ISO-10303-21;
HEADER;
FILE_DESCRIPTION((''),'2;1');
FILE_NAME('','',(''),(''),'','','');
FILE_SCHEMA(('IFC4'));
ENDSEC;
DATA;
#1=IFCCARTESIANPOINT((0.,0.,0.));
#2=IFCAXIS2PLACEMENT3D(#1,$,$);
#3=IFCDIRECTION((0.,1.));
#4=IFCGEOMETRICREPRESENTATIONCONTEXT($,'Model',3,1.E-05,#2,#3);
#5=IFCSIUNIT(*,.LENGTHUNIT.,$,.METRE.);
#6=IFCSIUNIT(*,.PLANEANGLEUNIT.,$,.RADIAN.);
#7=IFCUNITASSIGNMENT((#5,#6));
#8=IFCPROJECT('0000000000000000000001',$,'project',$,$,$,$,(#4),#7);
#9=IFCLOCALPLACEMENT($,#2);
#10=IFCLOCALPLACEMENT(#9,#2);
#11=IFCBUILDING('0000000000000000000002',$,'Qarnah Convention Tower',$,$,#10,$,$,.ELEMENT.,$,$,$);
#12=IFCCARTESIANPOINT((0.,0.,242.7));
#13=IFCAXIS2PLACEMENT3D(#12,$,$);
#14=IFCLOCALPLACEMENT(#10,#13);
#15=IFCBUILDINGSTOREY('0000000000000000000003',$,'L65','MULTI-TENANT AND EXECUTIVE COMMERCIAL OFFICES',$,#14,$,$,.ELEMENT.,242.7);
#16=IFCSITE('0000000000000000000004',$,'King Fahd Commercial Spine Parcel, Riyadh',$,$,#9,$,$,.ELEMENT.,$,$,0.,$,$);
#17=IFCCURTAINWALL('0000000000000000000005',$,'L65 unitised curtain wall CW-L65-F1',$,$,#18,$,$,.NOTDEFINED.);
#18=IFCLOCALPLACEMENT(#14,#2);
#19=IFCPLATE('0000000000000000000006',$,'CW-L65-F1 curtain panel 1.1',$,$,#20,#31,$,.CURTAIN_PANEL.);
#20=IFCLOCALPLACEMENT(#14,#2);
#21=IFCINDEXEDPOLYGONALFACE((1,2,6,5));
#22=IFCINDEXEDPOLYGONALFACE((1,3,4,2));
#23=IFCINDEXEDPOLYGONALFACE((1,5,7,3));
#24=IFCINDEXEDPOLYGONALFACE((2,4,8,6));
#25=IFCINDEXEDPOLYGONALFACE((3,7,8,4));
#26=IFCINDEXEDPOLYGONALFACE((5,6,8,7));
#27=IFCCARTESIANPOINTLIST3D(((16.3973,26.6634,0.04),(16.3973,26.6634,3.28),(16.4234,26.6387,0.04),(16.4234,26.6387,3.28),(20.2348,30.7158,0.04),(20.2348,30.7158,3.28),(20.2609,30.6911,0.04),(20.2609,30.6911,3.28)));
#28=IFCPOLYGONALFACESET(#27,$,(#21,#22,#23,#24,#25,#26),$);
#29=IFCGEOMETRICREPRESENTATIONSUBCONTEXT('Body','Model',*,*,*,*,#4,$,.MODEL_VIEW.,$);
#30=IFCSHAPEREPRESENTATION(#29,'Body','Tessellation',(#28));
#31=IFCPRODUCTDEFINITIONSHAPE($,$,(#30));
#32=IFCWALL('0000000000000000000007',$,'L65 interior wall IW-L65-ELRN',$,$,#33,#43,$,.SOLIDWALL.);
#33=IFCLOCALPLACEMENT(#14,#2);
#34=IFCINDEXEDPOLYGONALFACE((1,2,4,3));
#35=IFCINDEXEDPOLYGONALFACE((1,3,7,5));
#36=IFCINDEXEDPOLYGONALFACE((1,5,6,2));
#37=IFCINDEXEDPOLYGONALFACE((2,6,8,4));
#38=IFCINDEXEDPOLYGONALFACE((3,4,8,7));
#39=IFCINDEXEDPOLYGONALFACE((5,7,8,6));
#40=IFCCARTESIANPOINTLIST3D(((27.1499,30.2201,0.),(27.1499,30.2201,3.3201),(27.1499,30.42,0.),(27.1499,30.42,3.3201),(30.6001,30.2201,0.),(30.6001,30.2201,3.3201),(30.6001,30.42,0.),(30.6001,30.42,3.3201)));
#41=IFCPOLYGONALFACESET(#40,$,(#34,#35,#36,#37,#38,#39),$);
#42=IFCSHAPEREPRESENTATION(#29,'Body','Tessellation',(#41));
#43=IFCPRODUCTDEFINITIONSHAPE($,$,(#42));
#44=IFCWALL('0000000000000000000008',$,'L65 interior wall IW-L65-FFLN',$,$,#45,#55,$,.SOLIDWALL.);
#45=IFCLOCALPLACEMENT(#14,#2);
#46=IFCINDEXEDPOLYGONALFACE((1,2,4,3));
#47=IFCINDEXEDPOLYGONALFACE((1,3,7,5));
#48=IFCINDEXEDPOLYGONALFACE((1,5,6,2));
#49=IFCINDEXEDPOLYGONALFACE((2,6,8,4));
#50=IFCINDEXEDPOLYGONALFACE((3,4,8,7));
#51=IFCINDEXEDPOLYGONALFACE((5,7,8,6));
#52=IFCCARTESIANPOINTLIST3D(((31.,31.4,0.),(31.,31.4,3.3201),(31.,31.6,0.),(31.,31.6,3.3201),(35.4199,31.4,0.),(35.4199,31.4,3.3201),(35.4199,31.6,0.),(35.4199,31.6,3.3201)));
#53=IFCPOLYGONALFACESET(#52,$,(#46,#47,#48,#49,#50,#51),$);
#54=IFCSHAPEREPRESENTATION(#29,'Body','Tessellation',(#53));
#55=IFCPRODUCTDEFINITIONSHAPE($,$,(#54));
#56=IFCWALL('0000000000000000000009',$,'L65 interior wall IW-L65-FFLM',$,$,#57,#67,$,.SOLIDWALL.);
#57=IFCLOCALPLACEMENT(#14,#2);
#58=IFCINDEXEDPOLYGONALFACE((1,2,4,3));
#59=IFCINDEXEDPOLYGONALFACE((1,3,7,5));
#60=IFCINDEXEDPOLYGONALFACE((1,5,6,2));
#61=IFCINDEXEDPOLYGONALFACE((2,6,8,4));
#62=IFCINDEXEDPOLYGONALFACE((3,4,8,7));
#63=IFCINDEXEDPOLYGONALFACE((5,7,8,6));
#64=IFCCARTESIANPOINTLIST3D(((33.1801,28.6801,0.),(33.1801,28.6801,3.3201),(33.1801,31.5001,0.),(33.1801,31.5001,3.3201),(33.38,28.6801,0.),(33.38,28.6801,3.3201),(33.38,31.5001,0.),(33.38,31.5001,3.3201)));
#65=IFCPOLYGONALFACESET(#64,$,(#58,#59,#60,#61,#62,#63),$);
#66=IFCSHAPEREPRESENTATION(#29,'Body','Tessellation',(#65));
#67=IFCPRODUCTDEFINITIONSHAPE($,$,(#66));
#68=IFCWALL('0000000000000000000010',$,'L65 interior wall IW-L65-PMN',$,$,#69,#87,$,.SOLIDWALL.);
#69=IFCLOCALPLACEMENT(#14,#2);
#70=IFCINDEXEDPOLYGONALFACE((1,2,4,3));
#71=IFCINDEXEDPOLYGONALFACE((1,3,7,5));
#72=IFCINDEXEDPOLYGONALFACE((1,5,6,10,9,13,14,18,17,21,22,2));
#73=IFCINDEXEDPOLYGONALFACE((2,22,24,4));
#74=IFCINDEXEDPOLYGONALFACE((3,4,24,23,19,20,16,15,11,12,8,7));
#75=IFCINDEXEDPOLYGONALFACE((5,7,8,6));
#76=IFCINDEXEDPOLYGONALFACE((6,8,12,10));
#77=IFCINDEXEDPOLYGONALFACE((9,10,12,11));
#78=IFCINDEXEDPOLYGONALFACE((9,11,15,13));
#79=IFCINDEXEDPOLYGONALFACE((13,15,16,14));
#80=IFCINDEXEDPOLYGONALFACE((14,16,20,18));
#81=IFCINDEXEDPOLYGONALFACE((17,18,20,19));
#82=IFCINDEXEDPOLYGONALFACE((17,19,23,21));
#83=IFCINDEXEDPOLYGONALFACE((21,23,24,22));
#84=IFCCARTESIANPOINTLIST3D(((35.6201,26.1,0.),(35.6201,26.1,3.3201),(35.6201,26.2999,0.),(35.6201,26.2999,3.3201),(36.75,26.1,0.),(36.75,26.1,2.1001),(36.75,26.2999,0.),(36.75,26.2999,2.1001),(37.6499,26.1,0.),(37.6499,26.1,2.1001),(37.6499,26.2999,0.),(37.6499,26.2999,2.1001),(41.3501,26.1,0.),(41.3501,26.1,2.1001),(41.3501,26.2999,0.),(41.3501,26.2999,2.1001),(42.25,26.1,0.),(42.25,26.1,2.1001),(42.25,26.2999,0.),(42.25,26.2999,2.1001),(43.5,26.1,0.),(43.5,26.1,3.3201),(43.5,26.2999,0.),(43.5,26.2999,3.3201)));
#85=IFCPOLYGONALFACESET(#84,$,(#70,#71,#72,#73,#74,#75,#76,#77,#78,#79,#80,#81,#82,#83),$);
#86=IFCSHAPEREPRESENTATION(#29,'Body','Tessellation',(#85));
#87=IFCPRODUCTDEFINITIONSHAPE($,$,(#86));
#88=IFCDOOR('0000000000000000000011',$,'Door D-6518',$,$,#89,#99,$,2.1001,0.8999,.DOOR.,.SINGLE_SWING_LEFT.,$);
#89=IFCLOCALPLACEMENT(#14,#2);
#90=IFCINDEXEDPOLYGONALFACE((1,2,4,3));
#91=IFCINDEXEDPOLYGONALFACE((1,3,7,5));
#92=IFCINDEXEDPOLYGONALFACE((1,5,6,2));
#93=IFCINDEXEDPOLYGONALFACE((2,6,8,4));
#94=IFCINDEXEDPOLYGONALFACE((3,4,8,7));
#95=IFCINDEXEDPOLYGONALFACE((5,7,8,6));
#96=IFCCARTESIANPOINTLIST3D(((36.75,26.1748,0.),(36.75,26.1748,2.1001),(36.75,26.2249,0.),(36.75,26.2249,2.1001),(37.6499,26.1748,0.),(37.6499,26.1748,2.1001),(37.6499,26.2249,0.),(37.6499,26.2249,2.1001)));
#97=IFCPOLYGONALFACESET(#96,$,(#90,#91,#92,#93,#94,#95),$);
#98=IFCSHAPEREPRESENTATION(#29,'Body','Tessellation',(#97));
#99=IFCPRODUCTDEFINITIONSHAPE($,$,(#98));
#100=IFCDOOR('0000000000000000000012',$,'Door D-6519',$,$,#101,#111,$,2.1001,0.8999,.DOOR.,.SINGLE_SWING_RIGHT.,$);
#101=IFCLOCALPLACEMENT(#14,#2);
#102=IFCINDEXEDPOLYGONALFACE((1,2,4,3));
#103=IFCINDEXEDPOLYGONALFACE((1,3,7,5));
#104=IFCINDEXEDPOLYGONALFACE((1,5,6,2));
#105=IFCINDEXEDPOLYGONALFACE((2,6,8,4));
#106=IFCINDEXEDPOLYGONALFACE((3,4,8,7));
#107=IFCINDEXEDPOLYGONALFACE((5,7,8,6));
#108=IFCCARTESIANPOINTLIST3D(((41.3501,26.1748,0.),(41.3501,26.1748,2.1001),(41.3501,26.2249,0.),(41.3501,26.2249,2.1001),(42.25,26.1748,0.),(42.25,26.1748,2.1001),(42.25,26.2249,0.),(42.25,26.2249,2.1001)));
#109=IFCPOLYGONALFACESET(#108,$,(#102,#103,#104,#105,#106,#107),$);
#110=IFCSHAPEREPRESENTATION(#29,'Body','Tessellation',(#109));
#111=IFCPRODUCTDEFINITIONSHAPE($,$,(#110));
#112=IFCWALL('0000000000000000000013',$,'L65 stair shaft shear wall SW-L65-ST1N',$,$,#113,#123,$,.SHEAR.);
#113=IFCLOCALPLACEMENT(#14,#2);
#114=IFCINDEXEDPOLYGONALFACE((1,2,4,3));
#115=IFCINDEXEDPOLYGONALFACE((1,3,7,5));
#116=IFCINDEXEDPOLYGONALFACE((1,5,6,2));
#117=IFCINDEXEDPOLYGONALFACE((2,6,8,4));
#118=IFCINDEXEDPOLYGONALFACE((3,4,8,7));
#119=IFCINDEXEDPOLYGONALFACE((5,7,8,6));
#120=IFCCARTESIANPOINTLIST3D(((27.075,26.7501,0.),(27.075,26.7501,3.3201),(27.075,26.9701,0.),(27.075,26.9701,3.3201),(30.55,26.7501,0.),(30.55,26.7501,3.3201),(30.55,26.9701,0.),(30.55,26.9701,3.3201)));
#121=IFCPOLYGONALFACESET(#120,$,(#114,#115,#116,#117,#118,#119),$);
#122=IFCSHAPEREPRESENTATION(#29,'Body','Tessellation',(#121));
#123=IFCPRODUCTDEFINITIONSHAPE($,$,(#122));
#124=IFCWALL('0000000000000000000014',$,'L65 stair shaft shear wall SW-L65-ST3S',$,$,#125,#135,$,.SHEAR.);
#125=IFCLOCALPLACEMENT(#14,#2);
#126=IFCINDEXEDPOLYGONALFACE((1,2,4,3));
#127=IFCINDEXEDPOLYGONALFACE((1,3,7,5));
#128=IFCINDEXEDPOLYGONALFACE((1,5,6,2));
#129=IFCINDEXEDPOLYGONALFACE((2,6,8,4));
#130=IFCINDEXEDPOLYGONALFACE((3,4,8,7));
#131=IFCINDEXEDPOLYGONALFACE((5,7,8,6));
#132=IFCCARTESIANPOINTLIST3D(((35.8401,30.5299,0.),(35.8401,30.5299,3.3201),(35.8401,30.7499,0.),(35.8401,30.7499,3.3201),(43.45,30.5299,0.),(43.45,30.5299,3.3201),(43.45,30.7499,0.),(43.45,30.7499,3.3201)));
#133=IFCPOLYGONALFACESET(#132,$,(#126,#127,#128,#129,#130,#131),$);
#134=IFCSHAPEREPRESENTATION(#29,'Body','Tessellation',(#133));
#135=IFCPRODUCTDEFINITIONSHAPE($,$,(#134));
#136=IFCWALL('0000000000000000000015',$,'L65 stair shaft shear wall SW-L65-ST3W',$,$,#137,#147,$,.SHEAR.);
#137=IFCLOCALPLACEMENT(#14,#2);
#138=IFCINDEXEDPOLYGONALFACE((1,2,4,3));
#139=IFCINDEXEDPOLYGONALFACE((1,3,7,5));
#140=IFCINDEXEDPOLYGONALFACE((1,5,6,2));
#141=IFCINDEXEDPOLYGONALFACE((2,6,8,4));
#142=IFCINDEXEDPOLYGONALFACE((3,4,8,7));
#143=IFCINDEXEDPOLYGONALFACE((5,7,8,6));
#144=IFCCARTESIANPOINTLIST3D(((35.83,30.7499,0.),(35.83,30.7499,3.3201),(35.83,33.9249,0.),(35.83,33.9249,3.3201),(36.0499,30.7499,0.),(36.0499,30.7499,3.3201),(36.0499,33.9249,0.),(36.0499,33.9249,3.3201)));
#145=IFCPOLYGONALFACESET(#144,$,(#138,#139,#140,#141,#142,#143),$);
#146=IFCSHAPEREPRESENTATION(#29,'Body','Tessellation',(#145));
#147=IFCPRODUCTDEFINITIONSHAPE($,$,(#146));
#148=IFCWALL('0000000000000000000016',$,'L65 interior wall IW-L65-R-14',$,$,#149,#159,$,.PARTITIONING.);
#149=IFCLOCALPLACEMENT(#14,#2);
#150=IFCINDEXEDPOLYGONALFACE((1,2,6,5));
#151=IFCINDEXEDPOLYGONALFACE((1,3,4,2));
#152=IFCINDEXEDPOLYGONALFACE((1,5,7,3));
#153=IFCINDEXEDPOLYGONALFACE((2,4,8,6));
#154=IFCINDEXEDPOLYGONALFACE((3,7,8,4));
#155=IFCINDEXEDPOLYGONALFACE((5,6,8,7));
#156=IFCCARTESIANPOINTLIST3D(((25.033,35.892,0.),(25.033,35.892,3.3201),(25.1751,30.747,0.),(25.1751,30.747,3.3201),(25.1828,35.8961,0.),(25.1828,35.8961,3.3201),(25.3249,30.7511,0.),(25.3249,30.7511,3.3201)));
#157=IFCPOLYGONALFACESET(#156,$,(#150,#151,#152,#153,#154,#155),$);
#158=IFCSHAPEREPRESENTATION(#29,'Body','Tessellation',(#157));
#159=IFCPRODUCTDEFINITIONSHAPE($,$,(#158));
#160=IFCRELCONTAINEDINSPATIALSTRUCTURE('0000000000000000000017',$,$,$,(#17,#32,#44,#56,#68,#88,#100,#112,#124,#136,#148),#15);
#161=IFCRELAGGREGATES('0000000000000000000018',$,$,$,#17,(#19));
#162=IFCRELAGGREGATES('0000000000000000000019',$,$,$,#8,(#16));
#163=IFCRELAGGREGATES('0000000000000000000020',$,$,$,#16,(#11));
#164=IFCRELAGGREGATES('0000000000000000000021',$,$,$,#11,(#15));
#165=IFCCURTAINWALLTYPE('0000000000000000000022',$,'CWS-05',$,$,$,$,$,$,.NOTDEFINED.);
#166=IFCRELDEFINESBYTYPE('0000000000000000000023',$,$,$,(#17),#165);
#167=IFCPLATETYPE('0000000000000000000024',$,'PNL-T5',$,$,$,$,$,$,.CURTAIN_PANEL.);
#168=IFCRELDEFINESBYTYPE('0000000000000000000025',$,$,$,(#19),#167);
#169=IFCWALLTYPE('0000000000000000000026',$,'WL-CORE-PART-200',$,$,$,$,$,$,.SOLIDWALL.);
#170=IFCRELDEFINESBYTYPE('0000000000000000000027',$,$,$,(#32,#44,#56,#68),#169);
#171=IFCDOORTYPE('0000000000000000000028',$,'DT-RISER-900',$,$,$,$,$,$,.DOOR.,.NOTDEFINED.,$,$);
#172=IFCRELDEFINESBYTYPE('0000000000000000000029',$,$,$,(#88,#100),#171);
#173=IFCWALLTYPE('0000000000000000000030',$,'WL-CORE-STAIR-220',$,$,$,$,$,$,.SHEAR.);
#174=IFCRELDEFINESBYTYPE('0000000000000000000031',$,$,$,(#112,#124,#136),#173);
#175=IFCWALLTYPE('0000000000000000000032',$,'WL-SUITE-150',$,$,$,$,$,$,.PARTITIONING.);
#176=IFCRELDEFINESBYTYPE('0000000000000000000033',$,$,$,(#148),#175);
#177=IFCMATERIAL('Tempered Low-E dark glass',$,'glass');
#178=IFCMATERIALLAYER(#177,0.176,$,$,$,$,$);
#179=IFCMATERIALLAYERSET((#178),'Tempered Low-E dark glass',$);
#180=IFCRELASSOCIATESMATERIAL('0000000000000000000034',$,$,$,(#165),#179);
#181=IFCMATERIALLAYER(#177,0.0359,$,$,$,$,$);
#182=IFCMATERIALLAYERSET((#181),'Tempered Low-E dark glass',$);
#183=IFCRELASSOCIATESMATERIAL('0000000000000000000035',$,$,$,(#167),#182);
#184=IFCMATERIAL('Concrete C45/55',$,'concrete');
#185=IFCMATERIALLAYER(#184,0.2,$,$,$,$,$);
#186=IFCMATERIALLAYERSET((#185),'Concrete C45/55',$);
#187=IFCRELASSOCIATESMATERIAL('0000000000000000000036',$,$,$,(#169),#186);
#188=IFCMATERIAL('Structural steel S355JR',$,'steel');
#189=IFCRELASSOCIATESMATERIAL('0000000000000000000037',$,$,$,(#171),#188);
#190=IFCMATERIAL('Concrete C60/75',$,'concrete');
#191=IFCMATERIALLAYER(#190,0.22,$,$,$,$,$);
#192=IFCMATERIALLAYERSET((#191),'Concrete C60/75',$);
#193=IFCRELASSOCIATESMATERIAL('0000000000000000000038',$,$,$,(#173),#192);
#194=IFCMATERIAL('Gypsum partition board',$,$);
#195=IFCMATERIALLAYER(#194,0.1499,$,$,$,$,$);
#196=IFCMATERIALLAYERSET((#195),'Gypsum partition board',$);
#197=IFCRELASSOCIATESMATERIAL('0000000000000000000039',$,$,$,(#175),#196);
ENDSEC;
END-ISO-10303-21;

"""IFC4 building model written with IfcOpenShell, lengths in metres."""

from ifc_helpers import new_model, si_unit, direction, frame, frame_2d, origin, origin_2d, place, context, subcontext, project, spatial, rectangle, extrude, material, layer, layer_set, type_object, element, fill, aggregate, save


model = new_model("IFC4")

# Units and contexts
model_context = context("Model", 3, precision=1e-05, world=origin(), true_north=direction((0.0, 1.0)))
body_context = subcontext(model_context, "Body", "Model", "MODEL_VIEW")
ifc_project = project(units=[si_unit("LENGTHUNIT", "METRE"), si_unit("PLANEANGLEUNIT", "RADIAN")], contexts=[model_context])

# Site, building, storey
site_placement = place(None, origin())
site = spatial("IfcSite", under=ifc_project, at=site_placement, Name="King Fahd Commercial Spine Parcel, Riyadh", CompositionType="ELEMENT", RefElevation=0.0)
building_placement = place(site_placement, origin())
building = spatial("IfcBuilding", under=site, at=building_placement, Name="Qarnah Convention Tower", CompositionType="ELEMENT")
storey_placement = place(building_placement, frame((0.0, 0.0, 242.7)))
storey = spatial("IfcBuildingStorey", under=building, at=storey_placement, Name="L65", Description="MULTI-TENANT AND EXECUTIVE COMMERCIAL OFFICES", CompositionType="ELEMENT", Elevation=242.7)

# Shared definitions
ifc_material_1 = material(Name="Structural steel S355JR", Category="steel")

# Curtain wall, plate
ifc_material_2 = material(Name="Tempered Low-E dark glass", Category="glass")
ifc_layer_1 = layer(ifc_material_2, 0.176)
ifc_layer_set_1 = layer_set([ifc_layer_1], Name="Tempered Low-E dark glass")
curtain_wall_type = type_object("IfcCurtainWallType", Name="CWS-05", PredefinedType="NOTDEFINED", material=ifc_layer_set_1)
curtain_wall_placement = place(storey_placement, origin())
curtain_wall = element("IfcCurtainWall", 1, at=curtain_wall_placement, inside=storey, type_object=curtain_wall_type, Name="L65 unitised curtain wall CW-L65-F1", PredefinedType="NOTDEFINED")
ifc_layer_2 = layer(ifc_material_2, 0.0359)
ifc_layer_set_2 = layer_set([ifc_layer_2], Name="Tempered Low-E dark glass")
plate_type = type_object("IfcPlateType", Name="PNL-T5", PredefinedType="CURTAIN_PANEL", material=ifc_layer_set_2)
plate_placement = place(storey_placement, frame((18.3291, 28.6772, 0.04), z_axis=(0.0, 0.0, 1.0), x_axis=(0.68759, 0.726099, 0.0)))
plate = element("IfcPlate", 2, at=plate_placement, type_object=plate_type, Name="CW-L65-F1 curtain panel 1.1", PredefinedType="CURTAIN_PANEL", context=body_context, shape_type="SweptSolid", body=[
    extrude(rectangle(XDim=5.5811, YDim=0.0359, at=origin_2d()), origin(), (0.0, 0.0, 1.0), 3.24),
])
aggregate(curtain_wall, [plate])

# Wall
ifc_material_3 = material(Name="Concrete C45/55", Category="concrete")
ifc_layer_3 = layer(ifc_material_3, 0.2)
ifc_layer_set_3 = layer_set([ifc_layer_3], Name="Concrete C45/55")
wall_type_1 = type_object("IfcWallType", Name="WL-CORE-PART-200", PredefinedType="SOLIDWALL", material=ifc_layer_set_3)
wall_1_placement = place(storey_placement, frame((27.1499, 30.3201, 0.0), z_axis=(0.0, 0.0, 1.0), x_axis=(1.0, 0.0, 0.0)))
element("IfcWall", 3, at=wall_1_placement, inside=storey, type_object=wall_type_1, Name="L65 interior wall IW-L65-ELRN", PredefinedType="SOLIDWALL", context=body_context, shape_type="SweptSolid", body=[
    extrude(rectangle(XDim=3.4502, YDim=0.2, at=frame_2d((1.7251, 0.0))), origin(), (0.0, 0.0, 1.0), 3.3201),
])

# Walls
wall_2_placement = place(storey_placement, frame((31.0, 31.5, 0.0), z_axis=(0.0, 0.0, 1.0), x_axis=(1.0, 0.0, 0.0)))
element("IfcWall", 4, at=wall_2_placement, inside=storey, type_object=wall_type_1, Name="L65 interior wall IW-L65-FFLN", PredefinedType="SOLIDWALL", context=body_context, shape_type="SweptSolid", body=[
    extrude(rectangle(XDim=4.4199, YDim=0.2, at=frame_2d((2.21, 0.0))), origin(), (0.0, 0.0, 1.0), 3.3201),
])
wall_3_placement = place(storey_placement, frame((33.28, 28.6799, 0.0), z_axis=(0.0, 0.0, 1.0), x_axis=(0.0, 1.0, 0.0)))
element("IfcWall", 5, at=wall_3_placement, inside=storey, type_object=wall_type_1, Name="L65 interior wall IW-L65-FFLM", PredefinedType="SOLIDWALL", context=body_context, shape_type="SweptSolid", body=[
    extrude(rectangle(XDim=2.8201, YDim=0.2, at=frame_2d((1.4102, 0.0))), origin(), (0.0, 0.0, 1.0), 3.3201),
])

# Wall, openings, doors
wall_4_placement = place(storey_placement, frame((35.6201, 26.2, 0.0), z_axis=(0.0, 0.0, 1.0), x_axis=(1.0, 0.0, 0.0)))
wall_4 = element("IfcWall", 6, at=wall_4_placement, inside=storey, type_object=wall_type_1, Name="L65 interior wall IW-L65-PMN", PredefinedType="SOLIDWALL", context=body_context, shape_type="SweptSolid", body=[
    extrude(rectangle(XDim=7.8799, YDim=0.2, at=frame_2d((3.9399, 0.0))), origin(), (0.0, 0.0, 1.0), 3.3201),
])
opening_1_placement = place(wall_4_placement, frame((1.1299, 0.0, 0.0)))
opening_1 = element("IfcOpeningElement", 7, at=opening_1_placement, cuts=wall_4, PredefinedType="OPENING", context=body_context, shape_type="SweptSolid", body=[
    extrude(rectangle(XDim=0.8999, YDim=2.1001, at=frame_2d((0.45, 1.05))), frame((0.0, 0.1099, 0.0), z_axis=(0.0, -1.0, 0.0), x_axis=(1.0, 0.0, 0.0)), (0.0, 0.0, 1.0), 0.22),
])
opening_2_placement = place(wall_4_placement, frame((5.73, 0.0, 0.0)))
opening_2 = element("IfcOpeningElement", 8, at=opening_2_placement, cuts=wall_4, PredefinedType="OPENING", context=body_context, shape_type="SweptSolid", body=[
    extrude(rectangle(XDim=0.8999, YDim=2.1001, at=frame_2d((0.45, 1.05))), frame((0.0, 0.1099, 0.0), z_axis=(0.0, -1.0, 0.0), x_axis=(1.0, 0.0, 0.0)), (0.0, 0.0, 1.0), 0.22),
])
door_type_1 = type_object("IfcDoorType", Name="DT-RISER-900", OperationType="NOTDEFINED", PredefinedType="DOOR", material=ifc_material_1)
door_1_placement = place(opening_1_placement, origin())
door_1 = element("IfcDoor", 9, at=door_1_placement, inside=storey, type_object=door_type_1, Name="Door D-6518", OperationType="SINGLE_SWING_LEFT", OverallHeight=2.1001, OverallWidth=0.8999, PredefinedType="DOOR", context=body_context, shape_type="SweptSolid", body=[
    extrude(rectangle(XDim=0.8999, YDim=2.1001, at=frame_2d((0.45, 1.05))), frame((0.0, 0.0249, 0.0), z_axis=(0.0, -1.0, 0.0), x_axis=(1.0, 0.0, 0.0)), (0.0, 0.0, 1.0), 0.05),
])
fill(opening_1, door_1)
door_2_placement = place(opening_2_placement, origin())
door_2 = element("IfcDoor", 10, at=door_2_placement, inside=storey, type_object=door_type_1, Name="Door D-6519", OperationType="SINGLE_SWING_RIGHT", OverallHeight=2.1001, OverallWidth=0.8999, PredefinedType="DOOR", context=body_context, shape_type="SweptSolid", body=[
    extrude(rectangle(XDim=0.8999, YDim=2.1001, at=frame_2d((0.45, 1.05))), frame((0.0, 0.0249, 0.0), z_axis=(0.0, -1.0, 0.0), x_axis=(1.0, 0.0, 0.0)), (0.0, 0.0, 1.0), 0.05),
])
fill(opening_2, door_2)

# Walls
ifc_material_4 = material(Name="Concrete C60/75", Category="concrete")
ifc_layer_4 = layer(ifc_material_4, 0.22)
ifc_layer_set_4 = layer_set([ifc_layer_4], Name="Concrete C60/75")
wall_type_2 = type_object("IfcWallType", Name="WL-CORE-STAIR-220", PredefinedType="SHEAR", material=ifc_layer_set_4)
wall_5_placement = place(storey_placement, frame((27.075, 26.8601, 0.0), z_axis=(0.0, 0.0, 1.0), x_axis=(1.0, 0.0, 0.0)))
element("IfcWall", 11, at=wall_5_placement, inside=storey, type_object=wall_type_2, Name="L65 stair shaft shear wall SW-L65-ST1N", PredefinedType="SHEAR", context=body_context, shape_type="SweptSolid", body=[
    extrude(rectangle(XDim=3.4751, YDim=0.22, at=frame_2d((1.7375, 0.0))), origin(), (0.0, 0.0, 1.0), 3.3201),
])
wall_6_placement = place(storey_placement, frame((35.8401, 30.6399, 0.0), z_axis=(0.0, 0.0, 1.0), x_axis=(1.0, 0.0, 0.0)))
element("IfcWall", 12, at=wall_6_placement, inside=storey, type_object=wall_type_2, Name="L65 stair shaft shear wall SW-L65-ST3S", PredefinedType="SHEAR", context=body_context, shape_type="SweptSolid", body=[
    extrude(rectangle(XDim=7.6099, YDim=0.22, at=frame_2d((3.8049, 0.0))), origin(), (0.0, 0.0, 1.0), 3.3201),
])
wall_7_placement = place(storey_placement, frame((35.9399, 30.75, 0.0), z_axis=(0.0, 0.0, 1.0), x_axis=(0.0, 1.0, 0.0)))
element("IfcWall", 13, at=wall_7_placement, inside=storey, type_object=wall_type_2, Name="L65 stair shaft shear wall SW-L65-ST3W", PredefinedType="SHEAR", context=body_context, shape_type="SweptSolid", body=[
    extrude(rectangle(XDim=3.175, YDim=0.22, at=frame_2d((1.5874, 0.0))), origin(), (0.0, 0.0, 1.0), 3.3201),
])
ifc_material_5 = material(Name="Gypsum partition board")
ifc_layer_5 = layer(ifc_material_5, 0.1499)
ifc_layer_set_5 = layer_set([ifc_layer_5], Name="Gypsum partition board")
wall_type_3 = type_object("IfcWallType", Name="WL-SUITE-150", PredefinedType="PARTITIONING", material=ifc_layer_set_5)
wall_8_placement = place(storey_placement, frame((25.25, 30.749, 0.0), z_axis=(0.0, 0.0, 1.0), x_axis=(-0.027606, 0.999619, 0.0)))
element("IfcWall", 14, at=wall_8_placement, inside=storey, type_object=wall_type_3, Name="L65 interior wall IW-L65-R-14", PredefinedType="PARTITIONING", context=body_context, shape_type="SweptSolid", body=[
    extrude(rectangle(XDim=5.147, YDim=0.1499, at=frame_2d((2.5735, 0.0))), origin(), (0.0, 0.0, 1.0), 3.3201),
])

save(model, "model.ifc")
